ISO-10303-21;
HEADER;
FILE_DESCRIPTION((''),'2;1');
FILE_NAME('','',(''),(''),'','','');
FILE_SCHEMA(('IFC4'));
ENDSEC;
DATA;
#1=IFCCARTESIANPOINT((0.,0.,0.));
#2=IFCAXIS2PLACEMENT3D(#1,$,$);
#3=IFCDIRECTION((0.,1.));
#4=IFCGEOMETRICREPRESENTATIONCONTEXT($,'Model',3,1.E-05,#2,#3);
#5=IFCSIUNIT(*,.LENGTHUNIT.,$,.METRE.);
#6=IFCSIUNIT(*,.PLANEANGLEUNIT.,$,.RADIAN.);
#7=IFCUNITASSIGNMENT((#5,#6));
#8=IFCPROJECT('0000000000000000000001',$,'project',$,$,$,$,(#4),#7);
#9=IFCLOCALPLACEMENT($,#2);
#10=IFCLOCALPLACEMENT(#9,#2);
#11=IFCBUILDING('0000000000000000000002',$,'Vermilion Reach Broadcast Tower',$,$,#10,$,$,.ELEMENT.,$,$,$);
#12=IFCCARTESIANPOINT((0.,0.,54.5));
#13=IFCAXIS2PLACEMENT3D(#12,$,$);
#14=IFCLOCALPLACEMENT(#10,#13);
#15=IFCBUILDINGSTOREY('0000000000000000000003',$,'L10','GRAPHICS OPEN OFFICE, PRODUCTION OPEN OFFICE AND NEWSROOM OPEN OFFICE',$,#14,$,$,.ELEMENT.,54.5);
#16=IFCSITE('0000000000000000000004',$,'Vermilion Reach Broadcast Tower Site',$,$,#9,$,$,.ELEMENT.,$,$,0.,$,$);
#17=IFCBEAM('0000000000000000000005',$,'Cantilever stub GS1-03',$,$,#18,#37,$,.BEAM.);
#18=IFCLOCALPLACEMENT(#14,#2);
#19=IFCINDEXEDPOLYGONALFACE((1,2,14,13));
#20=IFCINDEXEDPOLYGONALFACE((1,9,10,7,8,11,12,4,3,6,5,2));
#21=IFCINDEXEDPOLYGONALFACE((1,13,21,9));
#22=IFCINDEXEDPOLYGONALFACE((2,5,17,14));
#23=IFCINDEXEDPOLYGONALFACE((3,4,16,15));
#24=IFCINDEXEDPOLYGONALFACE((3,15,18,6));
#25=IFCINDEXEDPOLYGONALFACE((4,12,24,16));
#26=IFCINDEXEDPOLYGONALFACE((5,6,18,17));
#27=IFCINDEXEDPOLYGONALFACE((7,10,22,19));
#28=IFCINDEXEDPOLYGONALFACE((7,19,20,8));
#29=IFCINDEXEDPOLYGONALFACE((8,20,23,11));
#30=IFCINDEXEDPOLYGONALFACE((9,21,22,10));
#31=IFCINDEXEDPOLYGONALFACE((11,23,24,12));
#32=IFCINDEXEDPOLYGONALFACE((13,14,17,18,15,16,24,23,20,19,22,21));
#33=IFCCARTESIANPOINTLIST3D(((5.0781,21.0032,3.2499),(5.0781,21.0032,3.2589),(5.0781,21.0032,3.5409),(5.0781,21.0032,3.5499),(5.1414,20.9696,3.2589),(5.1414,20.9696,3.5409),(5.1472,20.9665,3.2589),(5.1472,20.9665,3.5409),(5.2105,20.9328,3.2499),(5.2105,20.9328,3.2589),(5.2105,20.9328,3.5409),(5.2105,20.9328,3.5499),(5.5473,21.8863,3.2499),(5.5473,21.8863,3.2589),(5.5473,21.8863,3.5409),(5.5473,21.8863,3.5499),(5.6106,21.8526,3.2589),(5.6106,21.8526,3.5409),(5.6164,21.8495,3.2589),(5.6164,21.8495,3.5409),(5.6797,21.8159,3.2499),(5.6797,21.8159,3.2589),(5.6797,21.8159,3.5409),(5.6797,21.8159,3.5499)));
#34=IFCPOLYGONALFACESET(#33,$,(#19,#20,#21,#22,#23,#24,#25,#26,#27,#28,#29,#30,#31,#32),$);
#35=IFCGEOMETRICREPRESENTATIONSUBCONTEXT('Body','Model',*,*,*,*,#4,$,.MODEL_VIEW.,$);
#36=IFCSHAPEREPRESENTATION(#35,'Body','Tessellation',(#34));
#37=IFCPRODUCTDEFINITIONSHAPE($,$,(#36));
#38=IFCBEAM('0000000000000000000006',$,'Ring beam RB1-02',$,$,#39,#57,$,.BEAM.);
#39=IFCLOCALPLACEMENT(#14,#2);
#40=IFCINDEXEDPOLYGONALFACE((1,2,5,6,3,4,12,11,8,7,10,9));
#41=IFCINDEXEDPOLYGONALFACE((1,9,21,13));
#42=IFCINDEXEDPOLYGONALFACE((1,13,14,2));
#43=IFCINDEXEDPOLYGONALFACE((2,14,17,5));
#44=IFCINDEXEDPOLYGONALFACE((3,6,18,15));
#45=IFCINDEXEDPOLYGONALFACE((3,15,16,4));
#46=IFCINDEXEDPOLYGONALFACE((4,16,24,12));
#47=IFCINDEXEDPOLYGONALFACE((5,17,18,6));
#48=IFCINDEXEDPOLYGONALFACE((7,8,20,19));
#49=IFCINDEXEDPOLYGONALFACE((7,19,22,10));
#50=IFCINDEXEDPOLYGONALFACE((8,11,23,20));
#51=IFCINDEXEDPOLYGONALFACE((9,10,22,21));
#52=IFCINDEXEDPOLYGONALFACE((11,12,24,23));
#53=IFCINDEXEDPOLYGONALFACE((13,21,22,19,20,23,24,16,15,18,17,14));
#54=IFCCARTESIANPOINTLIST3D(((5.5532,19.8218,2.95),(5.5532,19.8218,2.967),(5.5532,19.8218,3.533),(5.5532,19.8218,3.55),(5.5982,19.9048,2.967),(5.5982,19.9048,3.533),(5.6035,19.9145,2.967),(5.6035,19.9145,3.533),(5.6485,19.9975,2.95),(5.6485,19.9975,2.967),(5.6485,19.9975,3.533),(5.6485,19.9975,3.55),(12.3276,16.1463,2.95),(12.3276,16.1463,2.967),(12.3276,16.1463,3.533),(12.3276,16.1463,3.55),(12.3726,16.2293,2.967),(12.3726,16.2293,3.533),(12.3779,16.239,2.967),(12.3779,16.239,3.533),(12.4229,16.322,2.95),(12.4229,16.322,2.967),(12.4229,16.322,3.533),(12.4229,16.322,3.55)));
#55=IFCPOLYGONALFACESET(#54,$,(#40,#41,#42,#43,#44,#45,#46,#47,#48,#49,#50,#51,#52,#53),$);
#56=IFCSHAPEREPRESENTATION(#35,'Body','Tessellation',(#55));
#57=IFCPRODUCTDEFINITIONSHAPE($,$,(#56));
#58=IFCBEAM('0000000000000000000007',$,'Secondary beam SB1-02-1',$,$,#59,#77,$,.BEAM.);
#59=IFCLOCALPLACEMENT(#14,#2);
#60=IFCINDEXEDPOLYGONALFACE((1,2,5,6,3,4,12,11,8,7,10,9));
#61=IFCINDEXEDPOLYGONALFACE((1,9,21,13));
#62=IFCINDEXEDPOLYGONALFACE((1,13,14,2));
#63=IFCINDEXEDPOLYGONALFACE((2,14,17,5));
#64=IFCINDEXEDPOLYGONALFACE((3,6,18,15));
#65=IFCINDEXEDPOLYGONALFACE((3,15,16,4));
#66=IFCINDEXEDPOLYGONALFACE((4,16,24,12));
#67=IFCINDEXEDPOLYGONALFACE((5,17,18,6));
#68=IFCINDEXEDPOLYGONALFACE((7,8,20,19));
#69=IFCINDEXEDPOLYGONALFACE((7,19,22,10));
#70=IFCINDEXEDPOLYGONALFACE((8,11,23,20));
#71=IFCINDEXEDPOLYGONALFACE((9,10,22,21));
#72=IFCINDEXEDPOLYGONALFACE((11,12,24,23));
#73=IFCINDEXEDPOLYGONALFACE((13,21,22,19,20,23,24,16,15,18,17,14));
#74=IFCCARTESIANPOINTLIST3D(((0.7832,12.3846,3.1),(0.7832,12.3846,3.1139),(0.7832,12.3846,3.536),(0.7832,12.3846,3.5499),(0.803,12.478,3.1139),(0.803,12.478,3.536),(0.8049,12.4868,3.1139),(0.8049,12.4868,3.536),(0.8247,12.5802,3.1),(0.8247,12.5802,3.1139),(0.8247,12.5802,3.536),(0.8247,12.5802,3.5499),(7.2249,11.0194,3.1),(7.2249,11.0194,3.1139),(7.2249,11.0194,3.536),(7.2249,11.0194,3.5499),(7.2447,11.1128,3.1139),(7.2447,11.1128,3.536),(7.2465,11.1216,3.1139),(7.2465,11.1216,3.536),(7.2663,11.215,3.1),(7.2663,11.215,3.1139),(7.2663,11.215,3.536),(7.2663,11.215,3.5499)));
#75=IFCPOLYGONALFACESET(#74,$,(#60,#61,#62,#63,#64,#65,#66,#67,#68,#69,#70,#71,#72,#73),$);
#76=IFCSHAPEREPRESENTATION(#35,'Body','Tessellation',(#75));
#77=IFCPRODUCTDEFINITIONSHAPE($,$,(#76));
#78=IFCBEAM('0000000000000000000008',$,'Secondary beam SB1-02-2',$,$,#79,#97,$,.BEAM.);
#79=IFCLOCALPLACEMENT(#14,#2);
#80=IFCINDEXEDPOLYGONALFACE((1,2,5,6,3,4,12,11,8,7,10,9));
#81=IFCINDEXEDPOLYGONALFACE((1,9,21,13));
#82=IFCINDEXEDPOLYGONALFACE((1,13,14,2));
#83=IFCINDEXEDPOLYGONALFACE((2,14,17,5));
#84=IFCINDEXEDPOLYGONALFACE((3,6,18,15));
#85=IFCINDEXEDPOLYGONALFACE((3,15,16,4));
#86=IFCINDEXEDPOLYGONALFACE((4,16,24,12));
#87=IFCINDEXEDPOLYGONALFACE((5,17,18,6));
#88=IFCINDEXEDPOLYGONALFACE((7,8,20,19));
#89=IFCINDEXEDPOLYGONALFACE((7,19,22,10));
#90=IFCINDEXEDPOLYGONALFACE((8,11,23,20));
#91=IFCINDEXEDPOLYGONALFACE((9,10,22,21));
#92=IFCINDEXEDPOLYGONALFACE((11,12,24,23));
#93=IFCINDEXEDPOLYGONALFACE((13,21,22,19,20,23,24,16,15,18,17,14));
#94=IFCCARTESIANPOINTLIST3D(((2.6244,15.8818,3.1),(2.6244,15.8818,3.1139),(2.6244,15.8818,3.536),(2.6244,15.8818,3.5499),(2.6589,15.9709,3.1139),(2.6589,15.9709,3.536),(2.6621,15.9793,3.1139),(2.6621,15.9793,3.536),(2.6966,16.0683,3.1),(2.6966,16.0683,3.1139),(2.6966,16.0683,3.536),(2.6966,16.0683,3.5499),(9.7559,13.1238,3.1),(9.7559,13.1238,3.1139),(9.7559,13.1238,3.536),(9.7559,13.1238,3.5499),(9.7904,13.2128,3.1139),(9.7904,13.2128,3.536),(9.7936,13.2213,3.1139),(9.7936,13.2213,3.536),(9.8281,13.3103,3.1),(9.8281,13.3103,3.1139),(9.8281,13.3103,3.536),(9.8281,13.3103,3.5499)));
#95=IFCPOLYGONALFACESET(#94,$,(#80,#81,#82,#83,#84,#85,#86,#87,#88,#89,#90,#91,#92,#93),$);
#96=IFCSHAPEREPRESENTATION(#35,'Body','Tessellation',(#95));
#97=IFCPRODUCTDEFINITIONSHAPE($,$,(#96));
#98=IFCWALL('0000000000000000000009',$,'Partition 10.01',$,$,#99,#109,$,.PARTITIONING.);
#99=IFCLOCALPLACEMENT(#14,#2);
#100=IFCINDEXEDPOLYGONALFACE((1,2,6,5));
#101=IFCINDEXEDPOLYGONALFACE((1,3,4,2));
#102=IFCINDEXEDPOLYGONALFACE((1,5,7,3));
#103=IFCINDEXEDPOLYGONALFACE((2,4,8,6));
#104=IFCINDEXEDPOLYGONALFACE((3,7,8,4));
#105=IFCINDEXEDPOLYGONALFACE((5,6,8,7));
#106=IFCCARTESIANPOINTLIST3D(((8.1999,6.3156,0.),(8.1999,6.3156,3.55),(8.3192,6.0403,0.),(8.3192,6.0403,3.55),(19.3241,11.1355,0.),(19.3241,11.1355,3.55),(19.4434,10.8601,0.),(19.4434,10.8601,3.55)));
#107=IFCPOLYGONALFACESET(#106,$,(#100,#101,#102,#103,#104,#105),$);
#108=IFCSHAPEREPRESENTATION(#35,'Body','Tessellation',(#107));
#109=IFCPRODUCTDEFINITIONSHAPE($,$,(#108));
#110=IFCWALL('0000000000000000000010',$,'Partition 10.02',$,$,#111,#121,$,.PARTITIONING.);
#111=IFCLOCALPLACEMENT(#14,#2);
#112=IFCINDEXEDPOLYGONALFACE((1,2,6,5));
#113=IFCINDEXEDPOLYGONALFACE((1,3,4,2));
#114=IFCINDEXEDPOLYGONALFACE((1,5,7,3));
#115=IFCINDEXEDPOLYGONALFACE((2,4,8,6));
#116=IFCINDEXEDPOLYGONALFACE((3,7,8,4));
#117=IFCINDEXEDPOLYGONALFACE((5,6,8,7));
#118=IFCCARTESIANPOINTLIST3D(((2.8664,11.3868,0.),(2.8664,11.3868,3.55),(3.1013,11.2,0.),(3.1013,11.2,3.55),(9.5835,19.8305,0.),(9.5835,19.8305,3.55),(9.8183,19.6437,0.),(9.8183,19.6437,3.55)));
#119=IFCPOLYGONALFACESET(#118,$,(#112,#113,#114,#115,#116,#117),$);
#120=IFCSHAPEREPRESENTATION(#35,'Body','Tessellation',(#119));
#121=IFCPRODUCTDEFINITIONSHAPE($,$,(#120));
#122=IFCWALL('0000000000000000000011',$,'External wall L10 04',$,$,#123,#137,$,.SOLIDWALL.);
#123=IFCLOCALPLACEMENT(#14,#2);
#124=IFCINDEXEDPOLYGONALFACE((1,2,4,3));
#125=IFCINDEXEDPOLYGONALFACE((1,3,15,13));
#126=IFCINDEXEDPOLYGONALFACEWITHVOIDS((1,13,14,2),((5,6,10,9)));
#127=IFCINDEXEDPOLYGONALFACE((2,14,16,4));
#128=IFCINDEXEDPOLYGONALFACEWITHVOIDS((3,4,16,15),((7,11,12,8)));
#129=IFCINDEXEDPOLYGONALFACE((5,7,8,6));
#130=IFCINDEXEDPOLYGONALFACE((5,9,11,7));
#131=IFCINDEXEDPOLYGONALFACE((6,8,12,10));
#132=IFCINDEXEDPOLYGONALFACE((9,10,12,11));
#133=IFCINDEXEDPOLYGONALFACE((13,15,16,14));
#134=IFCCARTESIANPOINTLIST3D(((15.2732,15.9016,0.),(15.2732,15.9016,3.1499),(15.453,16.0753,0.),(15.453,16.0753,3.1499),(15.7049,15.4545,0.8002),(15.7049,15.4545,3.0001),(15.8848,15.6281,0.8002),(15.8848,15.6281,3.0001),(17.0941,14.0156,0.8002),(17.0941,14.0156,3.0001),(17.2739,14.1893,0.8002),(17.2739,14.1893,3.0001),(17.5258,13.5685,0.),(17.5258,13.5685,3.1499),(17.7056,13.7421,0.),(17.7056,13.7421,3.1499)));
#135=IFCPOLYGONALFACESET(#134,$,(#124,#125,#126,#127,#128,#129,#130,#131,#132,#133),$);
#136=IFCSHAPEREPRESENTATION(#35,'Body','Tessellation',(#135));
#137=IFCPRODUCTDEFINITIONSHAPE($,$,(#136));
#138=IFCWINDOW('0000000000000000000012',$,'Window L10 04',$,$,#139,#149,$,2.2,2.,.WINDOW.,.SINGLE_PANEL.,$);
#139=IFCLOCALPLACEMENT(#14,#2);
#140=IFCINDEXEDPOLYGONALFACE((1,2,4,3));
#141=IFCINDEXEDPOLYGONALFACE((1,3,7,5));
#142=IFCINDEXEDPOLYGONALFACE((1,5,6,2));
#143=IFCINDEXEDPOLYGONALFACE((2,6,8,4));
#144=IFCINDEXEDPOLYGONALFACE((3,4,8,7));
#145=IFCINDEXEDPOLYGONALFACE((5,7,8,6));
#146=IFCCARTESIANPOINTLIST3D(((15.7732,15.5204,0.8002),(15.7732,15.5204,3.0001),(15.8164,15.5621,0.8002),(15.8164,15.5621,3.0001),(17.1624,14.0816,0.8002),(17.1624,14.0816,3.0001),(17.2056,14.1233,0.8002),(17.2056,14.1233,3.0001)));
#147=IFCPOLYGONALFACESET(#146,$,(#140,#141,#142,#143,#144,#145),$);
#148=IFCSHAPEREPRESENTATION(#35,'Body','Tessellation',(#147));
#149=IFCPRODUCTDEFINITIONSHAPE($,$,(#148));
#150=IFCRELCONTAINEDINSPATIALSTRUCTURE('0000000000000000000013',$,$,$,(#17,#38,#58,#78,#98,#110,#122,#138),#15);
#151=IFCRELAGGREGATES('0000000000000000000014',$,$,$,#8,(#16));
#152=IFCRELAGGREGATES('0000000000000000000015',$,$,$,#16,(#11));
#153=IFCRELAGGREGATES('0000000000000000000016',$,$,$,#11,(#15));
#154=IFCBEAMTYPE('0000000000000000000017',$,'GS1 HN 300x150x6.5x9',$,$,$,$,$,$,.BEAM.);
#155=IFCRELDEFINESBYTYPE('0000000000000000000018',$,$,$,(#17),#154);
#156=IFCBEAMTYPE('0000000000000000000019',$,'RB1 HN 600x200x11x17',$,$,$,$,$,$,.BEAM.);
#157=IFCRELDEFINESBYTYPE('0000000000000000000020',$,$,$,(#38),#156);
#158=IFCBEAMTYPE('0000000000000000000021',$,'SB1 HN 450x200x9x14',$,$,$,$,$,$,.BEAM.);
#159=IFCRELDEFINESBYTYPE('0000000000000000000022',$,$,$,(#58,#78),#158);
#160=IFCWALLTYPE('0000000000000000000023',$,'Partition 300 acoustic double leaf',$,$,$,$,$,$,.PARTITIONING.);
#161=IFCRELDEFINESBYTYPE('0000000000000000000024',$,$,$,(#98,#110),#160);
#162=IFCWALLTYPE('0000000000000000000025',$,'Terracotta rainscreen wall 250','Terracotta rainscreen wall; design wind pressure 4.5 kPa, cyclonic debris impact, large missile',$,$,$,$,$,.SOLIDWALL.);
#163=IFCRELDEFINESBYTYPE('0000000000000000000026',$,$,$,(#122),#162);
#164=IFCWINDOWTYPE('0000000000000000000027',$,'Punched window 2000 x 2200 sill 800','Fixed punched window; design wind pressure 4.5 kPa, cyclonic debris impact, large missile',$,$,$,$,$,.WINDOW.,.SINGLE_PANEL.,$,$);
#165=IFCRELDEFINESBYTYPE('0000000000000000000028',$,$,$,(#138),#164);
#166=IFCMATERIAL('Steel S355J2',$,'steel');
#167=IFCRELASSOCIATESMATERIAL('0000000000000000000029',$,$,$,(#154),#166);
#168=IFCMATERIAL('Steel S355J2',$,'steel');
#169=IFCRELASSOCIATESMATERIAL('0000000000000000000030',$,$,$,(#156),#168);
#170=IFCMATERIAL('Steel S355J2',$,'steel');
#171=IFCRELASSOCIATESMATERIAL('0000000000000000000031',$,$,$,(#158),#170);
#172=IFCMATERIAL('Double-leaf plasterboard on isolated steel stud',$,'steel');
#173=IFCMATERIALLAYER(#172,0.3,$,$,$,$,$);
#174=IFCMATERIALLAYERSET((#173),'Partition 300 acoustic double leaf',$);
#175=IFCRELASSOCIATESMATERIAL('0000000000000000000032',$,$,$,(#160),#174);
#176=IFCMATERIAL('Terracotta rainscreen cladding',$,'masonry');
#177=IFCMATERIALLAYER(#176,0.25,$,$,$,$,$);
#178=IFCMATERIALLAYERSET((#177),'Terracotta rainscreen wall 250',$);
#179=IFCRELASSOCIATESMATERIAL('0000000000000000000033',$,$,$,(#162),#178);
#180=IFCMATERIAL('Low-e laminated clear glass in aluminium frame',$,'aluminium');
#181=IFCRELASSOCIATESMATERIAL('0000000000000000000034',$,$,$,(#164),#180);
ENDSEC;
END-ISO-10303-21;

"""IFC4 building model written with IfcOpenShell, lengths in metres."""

from ifc_helpers import new_model, si_unit, direction, frame, frame_2d, origin, origin_2d, place, context, subcontext, project, spatial, rectangle, i_section, extrude, material, layer, layer_set, material_profile, profile_set, type_object, element, fill, save


model = new_model("IFC4")

# Units and contexts
model_context = context("Model", 3, precision=1e-05, world=origin(), true_north=direction((0.0, 1.0)))
body_context = subcontext(model_context, "Body", "Model", "MODEL_VIEW")
ifc_project = project(units=[si_unit("LENGTHUNIT", "METRE"), si_unit("PLANEANGLEUNIT", "RADIAN")], contexts=[model_context])

# Site, building, storey
site_placement = place(None, origin())
site = spatial("IfcSite", under=ifc_project, at=site_placement, Name="Vermilion Reach Broadcast Tower Site", CompositionType="ELEMENT", RefElevation=0.0)
building_placement = place(site_placement, origin())
building = spatial("IfcBuilding", under=site, at=building_placement, Name="Vermilion Reach Broadcast Tower", CompositionType="ELEMENT")
storey_placement = place(building_placement, frame((0.0, 0.0, 54.5)))
storey = spatial("IfcBuildingStorey", under=building, at=storey_placement, Name="L10", Description="GRAPHICS OPEN OFFICE, PRODUCTION OPEN OFFICE AND NEWSROOM OPEN OFFICE", CompositionType="ELEMENT", Elevation=54.5)

# Beams
ifc_material_1 = material(Name="Steel S355J2", Category="steel")
ifc_material_profile_1 = material_profile(ifc_material_1, i_section(OverallWidth=0.1499, OverallDepth=0.3, WebThickness=0.0066, FlangeThickness=0.009, at=origin_2d()), Name="S355J2 HN 300x150x6.5x9")
ifc_profile_set_1 = profile_set([ifc_material_profile_1], Name="Steel S355J2")
beam_type_1 = type_object("IfcBeamType", Name="GS1 HN 300x150x6.5x9", PredefinedType="BEAM", material=ifc_profile_set_1)
beam_1_placement = place(storey_placement, frame((5.1443, 20.968, 3.3999), z_axis=(0.469244, 0.883068, 0.0), x_axis=(-0.883068, 0.469244, 0.0)))
element("IfcBeam", 1, at=beam_1_placement, inside=storey, type_object=beam_type_1, Name="Cantilever stub GS1-03", PredefinedType="BEAM", context=body_context, shape_type="SweptSolid", body=[
    extrude(i_section(OverallWidth=0.1499, OverallDepth=0.3, WebThickness=0.0066, FlangeThickness=0.009, at=origin_2d()), origin(), (0.0, 0.0, 1.0), 1.0),
])
ifc_material_2 = material(Name="Steel S355J2", Category="steel")
ifc_material_profile_2 = material_profile(ifc_material_2, i_section(OverallWidth=0.2, OverallDepth=0.6001, WebThickness=0.011, FlangeThickness=0.0171, at=origin_2d()), Name="S355J2 HN 600x200x11x17")
ifc_profile_set_2 = profile_set([ifc_material_profile_2], Name="Steel S355J2")
beam_type_2 = type_object("IfcBeamType", Name="RB1 HN 600x200x11x17", PredefinedType="BEAM", material=ifc_profile_set_2)
beam_2_placement = place(storey_placement, frame((12.3752, 16.2341, 3.25), z_axis=(-0.878962, 0.476891, 0.0), x_axis=(-0.476891, -0.878962, 0.0)))
element("IfcBeam", 2, at=beam_2_placement, inside=storey, type_object=beam_type_2, Name="Ring beam RB1-02", PredefinedType="BEAM", context=body_context, shape_type="SweptSolid", body=[
    extrude(i_section(OverallWidth=0.2, OverallDepth=0.6001, WebThickness=0.011, FlangeThickness=0.0171, at=origin_2d()), origin(), (0.0, 0.0, 1.0), 7.7073),
])
ifc_material_3 = material(Name="Steel S355J2", Category="steel")
ifc_material_profile_3 = material_profile(ifc_material_3, i_section(OverallWidth=0.2, OverallDepth=0.45, WebThickness=0.009, FlangeThickness=0.0139, at=origin_2d()), Name="S355J2 HN 450x200x9x14")
ifc_profile_set_3 = profile_set([ifc_material_profile_3], Name="Steel S355J2")
beam_type_3 = type_object("IfcBeamType", Name="SB1 HN 450x200x9x14", PredefinedType="BEAM", material=ifc_profile_set_3)
beam_3_placement = place(storey_placement, frame((7.2456, 11.1172, 3.325), z_axis=(-0.97827, 0.207333, 0.0), x_axis=(-0.207333, -0.97827, 0.0)))
element("IfcBeam", 3, at=beam_3_placement, inside=storey, type_object=beam_type_3, Name="Secondary beam SB1-02-1", PredefinedType="BEAM", context=body_context, shape_type="SweptSolid", body=[
    extrude(i_section(OverallWidth=0.2, OverallDepth=0.45, WebThickness=0.009, FlangeThickness=0.0139, at=origin_2d()), origin(), (0.0, 0.0, 1.0), 6.5847),
])
beam_4_placement = place(storey_placement, frame((9.792, 13.217, 3.325), z_axis=(-0.932681, 0.360703, 0.0), x_axis=(-0.360703, -0.932681, 0.0)))
element("IfcBeam", 4, at=beam_4_placement, inside=storey, type_object=beam_type_3, Name="Secondary beam SB1-02-2", PredefinedType="BEAM", context=body_context, shape_type="SweptSolid", body=[
    extrude(i_section(OverallWidth=0.2, OverallDepth=0.45, WebThickness=0.009, FlangeThickness=0.0139, at=origin_2d()), origin(), (0.0, 0.0, 1.0), 7.6462),
])

# Walls
ifc_material_4 = material(Name="Double-leaf plasterboard on isolated steel stud", Category="steel")
ifc_layer_1 = layer(ifc_material_4, 0.3)
ifc_layer_set_1 = layer_set([ifc_layer_1], Name="Partition 300 acoustic double leaf")
wall_type_1 = type_object("IfcWallType", Name="Partition 300 acoustic double leaf", PredefinedType="PARTITIONING", material=ifc_layer_set_1)
wall_1_placement = place(storey_placement, frame((19.3838, 10.9978, 0.0), z_axis=(0.0, 0.0, 1.0), x_axis=(-0.917576, -0.397559, 0.0)))
element("IfcWall", 5, at=wall_1_placement, inside=storey, type_object=wall_type_1, Name="Partition 10.01", PredefinedType="PARTITIONING", context=body_context, shape_type="SweptSolid", body=[
    extrude(rectangle(XDim=12.1235, YDim=0.3, at=frame_2d((6.0618, 0.0))), origin(), (0.0, 0.0, 1.0), 3.55),
])
wall_2_placement = place(storey_placement, frame((9.7009, 19.7371, 0.0), z_axis=(0.0, 0.0, 1.0), x_axis=(-0.622554, -0.782577, 0.0)))
element("IfcWall", 6, at=wall_2_placement, inside=storey, type_object=wall_type_1, Name="Partition 10.02", PredefinedType="PARTITIONING", context=body_context, shape_type="SweptSolid", body=[
    extrude(rectangle(XDim=10.7896, YDim=0.3, at=frame_2d((5.3948, 0.0))), origin(), (0.0, 0.0, 1.0), 3.55),
])

# Shared definitions
ifc_material_5 = material(Name="Terracotta rainscreen cladding", Category="masonry")
ifc_layer_2 = layer(ifc_material_5, 0.25)
ifc_layer_set_2 = layer_set([ifc_layer_2], Name="Terracotta rainscreen wall 250")
wall_type_2 = type_object("IfcWallType", Name="Terracotta rainscreen wall 250", Description="Terracotta rainscreen wall; design wind pressure 4.5 kPa, cyclonic debris impact, large missile", PredefinedType="SOLIDWALL", material=ifc_layer_set_2)

# Wall, opening, window
wall_3_placement = place(storey_placement, frame((17.6157, 13.6553, 0.0), z_axis=(0.0, 0.0, 1.0), x_axis=(-0.694577, 0.719418, 0.0)))
wall_3 = element("IfcWall", 7, at=wall_3_placement, inside=storey, type_object=wall_type_2, Name="External wall L10 04", PredefinedType="SOLIDWALL", context=body_context, shape_type="SweptSolid", body=[
    extrude(rectangle(XDim=3.2432, YDim=0.25, at=frame_2d((1.6216, 0.0))), origin(), (0.0, 0.0, 1.0), 3.1499),
])
opening_1_placement = place(wall_3_placement, frame((0.6216, 0.0, 0.8)))
opening_1 = element("IfcOpeningElement", 8, at=opening_1_placement, cuts=wall_3, PredefinedType="OPENING", context=body_context, shape_type="SweptSolid", body=[
    extrude(rectangle(XDim=2.0, YDim=2.2, at=frame_2d((1.0, 1.1001))), frame((0.0, 0.135, 0.0), z_axis=(0.0, -1.0, 0.0), x_axis=(1.0, 0.0, 0.0)), (0.0, 0.0, 1.0), 0.27),
])
ifc_material_6 = material(Name="Low-e laminated clear glass in aluminium frame", Category="aluminium")
window_type = type_object("IfcWindowType", Name="Punched window 2000 x 2200 sill 800", Description="Fixed punched window; design wind pressure 4.5 kPa, cyclonic debris impact, large missile", PartitioningType="SINGLE_PANEL", PredefinedType="WINDOW", material=ifc_material_6)
window_1_placement = place(opening_1_placement, origin())
window_1 = element("IfcWindow", 9, at=window_1_placement, inside=storey, type_object=window_type, Name="Window L10 04", OverallHeight=2.2, OverallWidth=2.0, PartitioningType="SINGLE_PANEL", PredefinedType="WINDOW", context=body_context, shape_type="SweptSolid", body=[
    extrude(rectangle(XDim=2.0, YDim=2.2, at=frame_2d((1.0, 1.1001))), frame((0.0, 0.03, 0.0), z_axis=(0.0, -1.0, 0.0), x_axis=(1.0, 0.0, 0.0)), (0.0, 0.0, 1.0), 0.0601),
])
fill(opening_1, window_1)

save(model, "model.ifc")
